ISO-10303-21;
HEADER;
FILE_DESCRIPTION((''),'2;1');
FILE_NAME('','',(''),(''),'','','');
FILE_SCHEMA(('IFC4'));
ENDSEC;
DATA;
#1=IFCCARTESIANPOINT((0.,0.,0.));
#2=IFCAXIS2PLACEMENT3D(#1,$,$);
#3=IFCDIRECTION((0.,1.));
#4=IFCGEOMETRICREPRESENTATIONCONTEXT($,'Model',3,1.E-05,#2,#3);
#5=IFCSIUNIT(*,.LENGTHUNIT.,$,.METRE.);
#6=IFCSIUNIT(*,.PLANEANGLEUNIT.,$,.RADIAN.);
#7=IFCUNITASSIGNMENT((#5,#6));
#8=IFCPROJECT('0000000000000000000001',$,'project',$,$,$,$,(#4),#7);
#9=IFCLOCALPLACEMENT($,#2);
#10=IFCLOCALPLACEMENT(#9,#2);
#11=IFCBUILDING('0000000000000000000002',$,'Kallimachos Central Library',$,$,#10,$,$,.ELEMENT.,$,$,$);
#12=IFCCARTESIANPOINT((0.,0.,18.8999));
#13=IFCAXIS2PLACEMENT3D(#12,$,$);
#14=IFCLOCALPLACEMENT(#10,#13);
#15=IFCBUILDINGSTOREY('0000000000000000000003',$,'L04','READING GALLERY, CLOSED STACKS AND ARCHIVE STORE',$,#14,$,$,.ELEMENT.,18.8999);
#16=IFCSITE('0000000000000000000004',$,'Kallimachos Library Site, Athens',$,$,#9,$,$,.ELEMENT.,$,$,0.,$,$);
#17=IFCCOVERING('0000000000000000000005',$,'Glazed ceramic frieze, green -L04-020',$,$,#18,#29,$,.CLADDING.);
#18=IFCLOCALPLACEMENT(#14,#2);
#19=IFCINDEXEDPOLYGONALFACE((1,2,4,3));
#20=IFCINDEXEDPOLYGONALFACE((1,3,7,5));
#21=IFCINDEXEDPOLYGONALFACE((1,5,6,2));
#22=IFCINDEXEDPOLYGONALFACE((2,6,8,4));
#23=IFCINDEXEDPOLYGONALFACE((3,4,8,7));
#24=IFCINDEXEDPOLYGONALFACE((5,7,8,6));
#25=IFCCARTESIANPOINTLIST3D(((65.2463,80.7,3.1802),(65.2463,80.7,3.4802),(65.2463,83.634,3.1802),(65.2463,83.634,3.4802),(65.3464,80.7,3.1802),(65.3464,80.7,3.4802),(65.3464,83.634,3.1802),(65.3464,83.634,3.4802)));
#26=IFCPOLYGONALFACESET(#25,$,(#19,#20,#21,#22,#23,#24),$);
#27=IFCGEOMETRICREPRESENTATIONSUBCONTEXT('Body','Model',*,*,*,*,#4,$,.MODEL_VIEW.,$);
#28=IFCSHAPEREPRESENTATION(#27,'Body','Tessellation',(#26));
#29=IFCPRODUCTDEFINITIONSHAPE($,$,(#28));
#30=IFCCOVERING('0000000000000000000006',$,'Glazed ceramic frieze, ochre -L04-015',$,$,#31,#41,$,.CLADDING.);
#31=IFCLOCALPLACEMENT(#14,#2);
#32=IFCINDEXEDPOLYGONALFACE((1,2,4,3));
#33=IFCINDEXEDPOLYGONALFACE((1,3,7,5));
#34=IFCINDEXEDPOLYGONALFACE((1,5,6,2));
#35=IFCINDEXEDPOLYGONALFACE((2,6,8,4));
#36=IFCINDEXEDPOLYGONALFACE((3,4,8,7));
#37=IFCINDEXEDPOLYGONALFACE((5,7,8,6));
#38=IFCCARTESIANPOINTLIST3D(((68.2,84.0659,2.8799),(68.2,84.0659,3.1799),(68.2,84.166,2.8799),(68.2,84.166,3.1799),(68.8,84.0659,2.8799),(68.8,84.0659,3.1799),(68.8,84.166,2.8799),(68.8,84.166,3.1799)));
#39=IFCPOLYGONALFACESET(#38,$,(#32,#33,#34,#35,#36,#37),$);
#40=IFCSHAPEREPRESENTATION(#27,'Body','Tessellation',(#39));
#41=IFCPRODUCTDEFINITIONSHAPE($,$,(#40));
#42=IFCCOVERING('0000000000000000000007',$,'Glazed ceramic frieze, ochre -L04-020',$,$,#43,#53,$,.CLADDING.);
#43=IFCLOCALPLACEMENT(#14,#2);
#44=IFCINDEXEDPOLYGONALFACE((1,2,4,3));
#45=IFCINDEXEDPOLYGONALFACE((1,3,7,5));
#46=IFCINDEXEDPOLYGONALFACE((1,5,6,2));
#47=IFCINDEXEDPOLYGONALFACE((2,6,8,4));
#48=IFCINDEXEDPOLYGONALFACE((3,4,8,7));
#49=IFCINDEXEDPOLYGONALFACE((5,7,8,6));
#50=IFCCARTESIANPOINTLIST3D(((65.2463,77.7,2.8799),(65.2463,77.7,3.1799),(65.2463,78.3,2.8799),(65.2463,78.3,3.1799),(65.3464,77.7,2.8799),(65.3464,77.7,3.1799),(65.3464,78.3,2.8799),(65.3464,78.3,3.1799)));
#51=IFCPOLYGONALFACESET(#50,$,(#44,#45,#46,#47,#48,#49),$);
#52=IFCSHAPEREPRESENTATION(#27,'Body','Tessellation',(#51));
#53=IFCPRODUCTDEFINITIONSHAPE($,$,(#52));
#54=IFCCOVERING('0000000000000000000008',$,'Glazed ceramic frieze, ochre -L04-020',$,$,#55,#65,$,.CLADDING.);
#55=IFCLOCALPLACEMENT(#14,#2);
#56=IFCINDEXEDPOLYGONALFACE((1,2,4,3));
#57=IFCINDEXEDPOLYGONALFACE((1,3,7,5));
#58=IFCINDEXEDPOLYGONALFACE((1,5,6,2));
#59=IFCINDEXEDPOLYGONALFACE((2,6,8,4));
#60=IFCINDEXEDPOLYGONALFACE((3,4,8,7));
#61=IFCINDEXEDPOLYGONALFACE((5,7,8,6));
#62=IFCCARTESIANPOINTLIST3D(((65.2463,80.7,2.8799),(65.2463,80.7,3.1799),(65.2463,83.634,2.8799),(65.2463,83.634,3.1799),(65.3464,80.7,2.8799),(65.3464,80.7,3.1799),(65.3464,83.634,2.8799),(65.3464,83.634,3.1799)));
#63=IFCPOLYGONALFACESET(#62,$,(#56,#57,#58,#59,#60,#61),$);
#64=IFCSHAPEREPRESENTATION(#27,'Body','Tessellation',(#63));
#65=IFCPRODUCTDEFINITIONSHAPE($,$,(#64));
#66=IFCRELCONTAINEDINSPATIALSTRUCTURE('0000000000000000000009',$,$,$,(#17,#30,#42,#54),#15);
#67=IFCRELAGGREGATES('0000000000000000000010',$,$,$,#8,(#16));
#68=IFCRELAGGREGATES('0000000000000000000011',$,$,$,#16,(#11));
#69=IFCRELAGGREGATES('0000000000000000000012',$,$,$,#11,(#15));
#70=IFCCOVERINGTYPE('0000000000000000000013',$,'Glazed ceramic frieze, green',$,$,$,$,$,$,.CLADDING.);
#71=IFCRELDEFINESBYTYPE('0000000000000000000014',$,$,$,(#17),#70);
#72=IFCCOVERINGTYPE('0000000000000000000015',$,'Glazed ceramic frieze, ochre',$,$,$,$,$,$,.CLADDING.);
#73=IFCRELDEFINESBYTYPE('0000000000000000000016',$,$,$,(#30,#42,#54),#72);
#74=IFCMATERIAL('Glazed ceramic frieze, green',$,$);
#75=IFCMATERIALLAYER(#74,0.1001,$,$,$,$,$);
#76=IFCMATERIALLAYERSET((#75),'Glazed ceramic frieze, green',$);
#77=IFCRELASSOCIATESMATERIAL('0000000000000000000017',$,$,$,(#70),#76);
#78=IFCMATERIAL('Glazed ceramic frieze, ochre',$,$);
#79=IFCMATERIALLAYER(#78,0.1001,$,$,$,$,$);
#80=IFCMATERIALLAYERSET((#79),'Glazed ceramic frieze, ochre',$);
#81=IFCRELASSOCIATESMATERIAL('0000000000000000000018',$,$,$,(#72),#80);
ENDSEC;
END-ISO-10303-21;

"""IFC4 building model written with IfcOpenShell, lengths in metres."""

from ifc_helpers import new_model, si_unit, direction, frame, origin, origin_2d, place, context, subcontext, project, spatial, rectangle, extrude, material, layer, layer_set, type_object, element, save


model = new_model("IFC4")

# Units and contexts
model_context = context("Model", 3, precision=1e-05, world=origin(), true_north=direction((0.0, 1.0)))
body_context = subcontext(model_context, "Body", "Model", "MODEL_VIEW")
ifc_project = project(units=[si_unit("LENGTHUNIT", "METRE"), si_unit("PLANEANGLEUNIT", "RADIAN")], contexts=[model_context])

# Site, building, storey
site_placement = place(None, origin())
site = spatial("IfcSite", under=ifc_project, at=site_placement, Name="Kallimachos Library Site, Athens", CompositionType="ELEMENT", RefElevation=0.0)
building_placement = place(site_placement, origin())
building = spatial("IfcBuilding", under=site, at=building_placement, Name="Kallimachos Central Library", CompositionType="ELEMENT")
storey_placement = place(building_placement, frame((0.0, 0.0, 18.8999)))
storey = spatial("IfcBuildingStorey", under=building, at=storey_placement, Name="L04", Description="READING GALLERY, CLOSED STACKS AND ARCHIVE STORE", CompositionType="ELEMENT", Elevation=18.8999)

# Coverings
ifc_material_1 = material(Name="Glazed ceramic frieze, green")
ifc_layer_1 = layer(ifc_material_1, 0.1001)
ifc_layer_set_1 = layer_set([ifc_layer_1], Name="Glazed ceramic frieze, green")
covering_type_1 = type_object("IfcCoveringType", Name="Glazed ceramic frieze, green", PredefinedType="CLADDING", material=ifc_layer_set_1)
covering_1_placement = place(storey_placement, frame((65.2964, 82.167, 3.1802), z_axis=(0.0, 0.0, 1.0), x_axis=(1.0, 0.0, 0.0)))
element("IfcCovering", 1, at=covering_1_placement, inside=storey, type_object=covering_type_1, Name="Glazed ceramic frieze, green -L04-020", PredefinedType="CLADDING", context=body_context, shape_type="SweptSolid", body=[
    extrude(rectangle(XDim=0.1001, YDim=2.9341, at=origin_2d()), origin(), (0.0, 0.0, 1.0), 0.3),
])
ifc_material_2 = material(Name="Glazed ceramic frieze, ochre")
ifc_layer_2 = layer(ifc_material_2, 0.1001)
ifc_layer_set_2 = layer_set([ifc_layer_2], Name="Glazed ceramic frieze, ochre")
covering_type_2 = type_object("IfcCoveringType", Name="Glazed ceramic frieze, ochre", PredefinedType="CLADDING", material=ifc_layer_set_2)
covering_2_placement = place(storey_placement, frame((68.5, 84.116, 2.8799), z_axis=(0.0, 0.0, 1.0), x_axis=(1.0, 0.0, 0.0)))
element("IfcCovering", 2, at=covering_2_placement, inside=storey, type_object=covering_type_2, Name="Glazed ceramic frieze, ochre -L04-015", PredefinedType="CLADDING", context=body_context, shape_type="SweptSolid", body=[
    extrude(rectangle(XDim=0.6001, YDim=0.1001, at=origin_2d()), origin(), (0.0, 0.0, 1.0), 0.3),
])
covering_3_placement = place(storey_placement, frame((65.2964, 78.0, 2.8799), z_axis=(0.0, 0.0, 1.0), x_axis=(1.0, 0.0, 0.0)))
element("IfcCovering", 3, at=covering_3_placement, inside=storey, type_object=covering_type_2, Name="Glazed ceramic frieze, ochre -L04-020", PredefinedType="CLADDING", context=body_context, shape_type="SweptSolid", body=[
    extrude(rectangle(XDim=0.1001, YDim=0.6001, at=origin_2d()), origin(), (0.0, 0.0, 1.0), 0.3),
])
covering_4_placement = place(storey_placement, frame((65.2964, 82.167, 2.8799), z_axis=(0.0, 0.0, 1.0), x_axis=(1.0, 0.0, 0.0)))
element("IfcCovering", 4, at=covering_4_placement, inside=storey, type_object=covering_type_2, Name="Glazed ceramic frieze, ochre -L04-020", PredefinedType="CLADDING", context=body_context, shape_type="SweptSolid", body=[
    extrude(rectangle(XDim=0.1001, YDim=2.9341, at=origin_2d()), origin(), (0.0, 0.0, 1.0), 0.3),
])

save(model, "model.ifc")
